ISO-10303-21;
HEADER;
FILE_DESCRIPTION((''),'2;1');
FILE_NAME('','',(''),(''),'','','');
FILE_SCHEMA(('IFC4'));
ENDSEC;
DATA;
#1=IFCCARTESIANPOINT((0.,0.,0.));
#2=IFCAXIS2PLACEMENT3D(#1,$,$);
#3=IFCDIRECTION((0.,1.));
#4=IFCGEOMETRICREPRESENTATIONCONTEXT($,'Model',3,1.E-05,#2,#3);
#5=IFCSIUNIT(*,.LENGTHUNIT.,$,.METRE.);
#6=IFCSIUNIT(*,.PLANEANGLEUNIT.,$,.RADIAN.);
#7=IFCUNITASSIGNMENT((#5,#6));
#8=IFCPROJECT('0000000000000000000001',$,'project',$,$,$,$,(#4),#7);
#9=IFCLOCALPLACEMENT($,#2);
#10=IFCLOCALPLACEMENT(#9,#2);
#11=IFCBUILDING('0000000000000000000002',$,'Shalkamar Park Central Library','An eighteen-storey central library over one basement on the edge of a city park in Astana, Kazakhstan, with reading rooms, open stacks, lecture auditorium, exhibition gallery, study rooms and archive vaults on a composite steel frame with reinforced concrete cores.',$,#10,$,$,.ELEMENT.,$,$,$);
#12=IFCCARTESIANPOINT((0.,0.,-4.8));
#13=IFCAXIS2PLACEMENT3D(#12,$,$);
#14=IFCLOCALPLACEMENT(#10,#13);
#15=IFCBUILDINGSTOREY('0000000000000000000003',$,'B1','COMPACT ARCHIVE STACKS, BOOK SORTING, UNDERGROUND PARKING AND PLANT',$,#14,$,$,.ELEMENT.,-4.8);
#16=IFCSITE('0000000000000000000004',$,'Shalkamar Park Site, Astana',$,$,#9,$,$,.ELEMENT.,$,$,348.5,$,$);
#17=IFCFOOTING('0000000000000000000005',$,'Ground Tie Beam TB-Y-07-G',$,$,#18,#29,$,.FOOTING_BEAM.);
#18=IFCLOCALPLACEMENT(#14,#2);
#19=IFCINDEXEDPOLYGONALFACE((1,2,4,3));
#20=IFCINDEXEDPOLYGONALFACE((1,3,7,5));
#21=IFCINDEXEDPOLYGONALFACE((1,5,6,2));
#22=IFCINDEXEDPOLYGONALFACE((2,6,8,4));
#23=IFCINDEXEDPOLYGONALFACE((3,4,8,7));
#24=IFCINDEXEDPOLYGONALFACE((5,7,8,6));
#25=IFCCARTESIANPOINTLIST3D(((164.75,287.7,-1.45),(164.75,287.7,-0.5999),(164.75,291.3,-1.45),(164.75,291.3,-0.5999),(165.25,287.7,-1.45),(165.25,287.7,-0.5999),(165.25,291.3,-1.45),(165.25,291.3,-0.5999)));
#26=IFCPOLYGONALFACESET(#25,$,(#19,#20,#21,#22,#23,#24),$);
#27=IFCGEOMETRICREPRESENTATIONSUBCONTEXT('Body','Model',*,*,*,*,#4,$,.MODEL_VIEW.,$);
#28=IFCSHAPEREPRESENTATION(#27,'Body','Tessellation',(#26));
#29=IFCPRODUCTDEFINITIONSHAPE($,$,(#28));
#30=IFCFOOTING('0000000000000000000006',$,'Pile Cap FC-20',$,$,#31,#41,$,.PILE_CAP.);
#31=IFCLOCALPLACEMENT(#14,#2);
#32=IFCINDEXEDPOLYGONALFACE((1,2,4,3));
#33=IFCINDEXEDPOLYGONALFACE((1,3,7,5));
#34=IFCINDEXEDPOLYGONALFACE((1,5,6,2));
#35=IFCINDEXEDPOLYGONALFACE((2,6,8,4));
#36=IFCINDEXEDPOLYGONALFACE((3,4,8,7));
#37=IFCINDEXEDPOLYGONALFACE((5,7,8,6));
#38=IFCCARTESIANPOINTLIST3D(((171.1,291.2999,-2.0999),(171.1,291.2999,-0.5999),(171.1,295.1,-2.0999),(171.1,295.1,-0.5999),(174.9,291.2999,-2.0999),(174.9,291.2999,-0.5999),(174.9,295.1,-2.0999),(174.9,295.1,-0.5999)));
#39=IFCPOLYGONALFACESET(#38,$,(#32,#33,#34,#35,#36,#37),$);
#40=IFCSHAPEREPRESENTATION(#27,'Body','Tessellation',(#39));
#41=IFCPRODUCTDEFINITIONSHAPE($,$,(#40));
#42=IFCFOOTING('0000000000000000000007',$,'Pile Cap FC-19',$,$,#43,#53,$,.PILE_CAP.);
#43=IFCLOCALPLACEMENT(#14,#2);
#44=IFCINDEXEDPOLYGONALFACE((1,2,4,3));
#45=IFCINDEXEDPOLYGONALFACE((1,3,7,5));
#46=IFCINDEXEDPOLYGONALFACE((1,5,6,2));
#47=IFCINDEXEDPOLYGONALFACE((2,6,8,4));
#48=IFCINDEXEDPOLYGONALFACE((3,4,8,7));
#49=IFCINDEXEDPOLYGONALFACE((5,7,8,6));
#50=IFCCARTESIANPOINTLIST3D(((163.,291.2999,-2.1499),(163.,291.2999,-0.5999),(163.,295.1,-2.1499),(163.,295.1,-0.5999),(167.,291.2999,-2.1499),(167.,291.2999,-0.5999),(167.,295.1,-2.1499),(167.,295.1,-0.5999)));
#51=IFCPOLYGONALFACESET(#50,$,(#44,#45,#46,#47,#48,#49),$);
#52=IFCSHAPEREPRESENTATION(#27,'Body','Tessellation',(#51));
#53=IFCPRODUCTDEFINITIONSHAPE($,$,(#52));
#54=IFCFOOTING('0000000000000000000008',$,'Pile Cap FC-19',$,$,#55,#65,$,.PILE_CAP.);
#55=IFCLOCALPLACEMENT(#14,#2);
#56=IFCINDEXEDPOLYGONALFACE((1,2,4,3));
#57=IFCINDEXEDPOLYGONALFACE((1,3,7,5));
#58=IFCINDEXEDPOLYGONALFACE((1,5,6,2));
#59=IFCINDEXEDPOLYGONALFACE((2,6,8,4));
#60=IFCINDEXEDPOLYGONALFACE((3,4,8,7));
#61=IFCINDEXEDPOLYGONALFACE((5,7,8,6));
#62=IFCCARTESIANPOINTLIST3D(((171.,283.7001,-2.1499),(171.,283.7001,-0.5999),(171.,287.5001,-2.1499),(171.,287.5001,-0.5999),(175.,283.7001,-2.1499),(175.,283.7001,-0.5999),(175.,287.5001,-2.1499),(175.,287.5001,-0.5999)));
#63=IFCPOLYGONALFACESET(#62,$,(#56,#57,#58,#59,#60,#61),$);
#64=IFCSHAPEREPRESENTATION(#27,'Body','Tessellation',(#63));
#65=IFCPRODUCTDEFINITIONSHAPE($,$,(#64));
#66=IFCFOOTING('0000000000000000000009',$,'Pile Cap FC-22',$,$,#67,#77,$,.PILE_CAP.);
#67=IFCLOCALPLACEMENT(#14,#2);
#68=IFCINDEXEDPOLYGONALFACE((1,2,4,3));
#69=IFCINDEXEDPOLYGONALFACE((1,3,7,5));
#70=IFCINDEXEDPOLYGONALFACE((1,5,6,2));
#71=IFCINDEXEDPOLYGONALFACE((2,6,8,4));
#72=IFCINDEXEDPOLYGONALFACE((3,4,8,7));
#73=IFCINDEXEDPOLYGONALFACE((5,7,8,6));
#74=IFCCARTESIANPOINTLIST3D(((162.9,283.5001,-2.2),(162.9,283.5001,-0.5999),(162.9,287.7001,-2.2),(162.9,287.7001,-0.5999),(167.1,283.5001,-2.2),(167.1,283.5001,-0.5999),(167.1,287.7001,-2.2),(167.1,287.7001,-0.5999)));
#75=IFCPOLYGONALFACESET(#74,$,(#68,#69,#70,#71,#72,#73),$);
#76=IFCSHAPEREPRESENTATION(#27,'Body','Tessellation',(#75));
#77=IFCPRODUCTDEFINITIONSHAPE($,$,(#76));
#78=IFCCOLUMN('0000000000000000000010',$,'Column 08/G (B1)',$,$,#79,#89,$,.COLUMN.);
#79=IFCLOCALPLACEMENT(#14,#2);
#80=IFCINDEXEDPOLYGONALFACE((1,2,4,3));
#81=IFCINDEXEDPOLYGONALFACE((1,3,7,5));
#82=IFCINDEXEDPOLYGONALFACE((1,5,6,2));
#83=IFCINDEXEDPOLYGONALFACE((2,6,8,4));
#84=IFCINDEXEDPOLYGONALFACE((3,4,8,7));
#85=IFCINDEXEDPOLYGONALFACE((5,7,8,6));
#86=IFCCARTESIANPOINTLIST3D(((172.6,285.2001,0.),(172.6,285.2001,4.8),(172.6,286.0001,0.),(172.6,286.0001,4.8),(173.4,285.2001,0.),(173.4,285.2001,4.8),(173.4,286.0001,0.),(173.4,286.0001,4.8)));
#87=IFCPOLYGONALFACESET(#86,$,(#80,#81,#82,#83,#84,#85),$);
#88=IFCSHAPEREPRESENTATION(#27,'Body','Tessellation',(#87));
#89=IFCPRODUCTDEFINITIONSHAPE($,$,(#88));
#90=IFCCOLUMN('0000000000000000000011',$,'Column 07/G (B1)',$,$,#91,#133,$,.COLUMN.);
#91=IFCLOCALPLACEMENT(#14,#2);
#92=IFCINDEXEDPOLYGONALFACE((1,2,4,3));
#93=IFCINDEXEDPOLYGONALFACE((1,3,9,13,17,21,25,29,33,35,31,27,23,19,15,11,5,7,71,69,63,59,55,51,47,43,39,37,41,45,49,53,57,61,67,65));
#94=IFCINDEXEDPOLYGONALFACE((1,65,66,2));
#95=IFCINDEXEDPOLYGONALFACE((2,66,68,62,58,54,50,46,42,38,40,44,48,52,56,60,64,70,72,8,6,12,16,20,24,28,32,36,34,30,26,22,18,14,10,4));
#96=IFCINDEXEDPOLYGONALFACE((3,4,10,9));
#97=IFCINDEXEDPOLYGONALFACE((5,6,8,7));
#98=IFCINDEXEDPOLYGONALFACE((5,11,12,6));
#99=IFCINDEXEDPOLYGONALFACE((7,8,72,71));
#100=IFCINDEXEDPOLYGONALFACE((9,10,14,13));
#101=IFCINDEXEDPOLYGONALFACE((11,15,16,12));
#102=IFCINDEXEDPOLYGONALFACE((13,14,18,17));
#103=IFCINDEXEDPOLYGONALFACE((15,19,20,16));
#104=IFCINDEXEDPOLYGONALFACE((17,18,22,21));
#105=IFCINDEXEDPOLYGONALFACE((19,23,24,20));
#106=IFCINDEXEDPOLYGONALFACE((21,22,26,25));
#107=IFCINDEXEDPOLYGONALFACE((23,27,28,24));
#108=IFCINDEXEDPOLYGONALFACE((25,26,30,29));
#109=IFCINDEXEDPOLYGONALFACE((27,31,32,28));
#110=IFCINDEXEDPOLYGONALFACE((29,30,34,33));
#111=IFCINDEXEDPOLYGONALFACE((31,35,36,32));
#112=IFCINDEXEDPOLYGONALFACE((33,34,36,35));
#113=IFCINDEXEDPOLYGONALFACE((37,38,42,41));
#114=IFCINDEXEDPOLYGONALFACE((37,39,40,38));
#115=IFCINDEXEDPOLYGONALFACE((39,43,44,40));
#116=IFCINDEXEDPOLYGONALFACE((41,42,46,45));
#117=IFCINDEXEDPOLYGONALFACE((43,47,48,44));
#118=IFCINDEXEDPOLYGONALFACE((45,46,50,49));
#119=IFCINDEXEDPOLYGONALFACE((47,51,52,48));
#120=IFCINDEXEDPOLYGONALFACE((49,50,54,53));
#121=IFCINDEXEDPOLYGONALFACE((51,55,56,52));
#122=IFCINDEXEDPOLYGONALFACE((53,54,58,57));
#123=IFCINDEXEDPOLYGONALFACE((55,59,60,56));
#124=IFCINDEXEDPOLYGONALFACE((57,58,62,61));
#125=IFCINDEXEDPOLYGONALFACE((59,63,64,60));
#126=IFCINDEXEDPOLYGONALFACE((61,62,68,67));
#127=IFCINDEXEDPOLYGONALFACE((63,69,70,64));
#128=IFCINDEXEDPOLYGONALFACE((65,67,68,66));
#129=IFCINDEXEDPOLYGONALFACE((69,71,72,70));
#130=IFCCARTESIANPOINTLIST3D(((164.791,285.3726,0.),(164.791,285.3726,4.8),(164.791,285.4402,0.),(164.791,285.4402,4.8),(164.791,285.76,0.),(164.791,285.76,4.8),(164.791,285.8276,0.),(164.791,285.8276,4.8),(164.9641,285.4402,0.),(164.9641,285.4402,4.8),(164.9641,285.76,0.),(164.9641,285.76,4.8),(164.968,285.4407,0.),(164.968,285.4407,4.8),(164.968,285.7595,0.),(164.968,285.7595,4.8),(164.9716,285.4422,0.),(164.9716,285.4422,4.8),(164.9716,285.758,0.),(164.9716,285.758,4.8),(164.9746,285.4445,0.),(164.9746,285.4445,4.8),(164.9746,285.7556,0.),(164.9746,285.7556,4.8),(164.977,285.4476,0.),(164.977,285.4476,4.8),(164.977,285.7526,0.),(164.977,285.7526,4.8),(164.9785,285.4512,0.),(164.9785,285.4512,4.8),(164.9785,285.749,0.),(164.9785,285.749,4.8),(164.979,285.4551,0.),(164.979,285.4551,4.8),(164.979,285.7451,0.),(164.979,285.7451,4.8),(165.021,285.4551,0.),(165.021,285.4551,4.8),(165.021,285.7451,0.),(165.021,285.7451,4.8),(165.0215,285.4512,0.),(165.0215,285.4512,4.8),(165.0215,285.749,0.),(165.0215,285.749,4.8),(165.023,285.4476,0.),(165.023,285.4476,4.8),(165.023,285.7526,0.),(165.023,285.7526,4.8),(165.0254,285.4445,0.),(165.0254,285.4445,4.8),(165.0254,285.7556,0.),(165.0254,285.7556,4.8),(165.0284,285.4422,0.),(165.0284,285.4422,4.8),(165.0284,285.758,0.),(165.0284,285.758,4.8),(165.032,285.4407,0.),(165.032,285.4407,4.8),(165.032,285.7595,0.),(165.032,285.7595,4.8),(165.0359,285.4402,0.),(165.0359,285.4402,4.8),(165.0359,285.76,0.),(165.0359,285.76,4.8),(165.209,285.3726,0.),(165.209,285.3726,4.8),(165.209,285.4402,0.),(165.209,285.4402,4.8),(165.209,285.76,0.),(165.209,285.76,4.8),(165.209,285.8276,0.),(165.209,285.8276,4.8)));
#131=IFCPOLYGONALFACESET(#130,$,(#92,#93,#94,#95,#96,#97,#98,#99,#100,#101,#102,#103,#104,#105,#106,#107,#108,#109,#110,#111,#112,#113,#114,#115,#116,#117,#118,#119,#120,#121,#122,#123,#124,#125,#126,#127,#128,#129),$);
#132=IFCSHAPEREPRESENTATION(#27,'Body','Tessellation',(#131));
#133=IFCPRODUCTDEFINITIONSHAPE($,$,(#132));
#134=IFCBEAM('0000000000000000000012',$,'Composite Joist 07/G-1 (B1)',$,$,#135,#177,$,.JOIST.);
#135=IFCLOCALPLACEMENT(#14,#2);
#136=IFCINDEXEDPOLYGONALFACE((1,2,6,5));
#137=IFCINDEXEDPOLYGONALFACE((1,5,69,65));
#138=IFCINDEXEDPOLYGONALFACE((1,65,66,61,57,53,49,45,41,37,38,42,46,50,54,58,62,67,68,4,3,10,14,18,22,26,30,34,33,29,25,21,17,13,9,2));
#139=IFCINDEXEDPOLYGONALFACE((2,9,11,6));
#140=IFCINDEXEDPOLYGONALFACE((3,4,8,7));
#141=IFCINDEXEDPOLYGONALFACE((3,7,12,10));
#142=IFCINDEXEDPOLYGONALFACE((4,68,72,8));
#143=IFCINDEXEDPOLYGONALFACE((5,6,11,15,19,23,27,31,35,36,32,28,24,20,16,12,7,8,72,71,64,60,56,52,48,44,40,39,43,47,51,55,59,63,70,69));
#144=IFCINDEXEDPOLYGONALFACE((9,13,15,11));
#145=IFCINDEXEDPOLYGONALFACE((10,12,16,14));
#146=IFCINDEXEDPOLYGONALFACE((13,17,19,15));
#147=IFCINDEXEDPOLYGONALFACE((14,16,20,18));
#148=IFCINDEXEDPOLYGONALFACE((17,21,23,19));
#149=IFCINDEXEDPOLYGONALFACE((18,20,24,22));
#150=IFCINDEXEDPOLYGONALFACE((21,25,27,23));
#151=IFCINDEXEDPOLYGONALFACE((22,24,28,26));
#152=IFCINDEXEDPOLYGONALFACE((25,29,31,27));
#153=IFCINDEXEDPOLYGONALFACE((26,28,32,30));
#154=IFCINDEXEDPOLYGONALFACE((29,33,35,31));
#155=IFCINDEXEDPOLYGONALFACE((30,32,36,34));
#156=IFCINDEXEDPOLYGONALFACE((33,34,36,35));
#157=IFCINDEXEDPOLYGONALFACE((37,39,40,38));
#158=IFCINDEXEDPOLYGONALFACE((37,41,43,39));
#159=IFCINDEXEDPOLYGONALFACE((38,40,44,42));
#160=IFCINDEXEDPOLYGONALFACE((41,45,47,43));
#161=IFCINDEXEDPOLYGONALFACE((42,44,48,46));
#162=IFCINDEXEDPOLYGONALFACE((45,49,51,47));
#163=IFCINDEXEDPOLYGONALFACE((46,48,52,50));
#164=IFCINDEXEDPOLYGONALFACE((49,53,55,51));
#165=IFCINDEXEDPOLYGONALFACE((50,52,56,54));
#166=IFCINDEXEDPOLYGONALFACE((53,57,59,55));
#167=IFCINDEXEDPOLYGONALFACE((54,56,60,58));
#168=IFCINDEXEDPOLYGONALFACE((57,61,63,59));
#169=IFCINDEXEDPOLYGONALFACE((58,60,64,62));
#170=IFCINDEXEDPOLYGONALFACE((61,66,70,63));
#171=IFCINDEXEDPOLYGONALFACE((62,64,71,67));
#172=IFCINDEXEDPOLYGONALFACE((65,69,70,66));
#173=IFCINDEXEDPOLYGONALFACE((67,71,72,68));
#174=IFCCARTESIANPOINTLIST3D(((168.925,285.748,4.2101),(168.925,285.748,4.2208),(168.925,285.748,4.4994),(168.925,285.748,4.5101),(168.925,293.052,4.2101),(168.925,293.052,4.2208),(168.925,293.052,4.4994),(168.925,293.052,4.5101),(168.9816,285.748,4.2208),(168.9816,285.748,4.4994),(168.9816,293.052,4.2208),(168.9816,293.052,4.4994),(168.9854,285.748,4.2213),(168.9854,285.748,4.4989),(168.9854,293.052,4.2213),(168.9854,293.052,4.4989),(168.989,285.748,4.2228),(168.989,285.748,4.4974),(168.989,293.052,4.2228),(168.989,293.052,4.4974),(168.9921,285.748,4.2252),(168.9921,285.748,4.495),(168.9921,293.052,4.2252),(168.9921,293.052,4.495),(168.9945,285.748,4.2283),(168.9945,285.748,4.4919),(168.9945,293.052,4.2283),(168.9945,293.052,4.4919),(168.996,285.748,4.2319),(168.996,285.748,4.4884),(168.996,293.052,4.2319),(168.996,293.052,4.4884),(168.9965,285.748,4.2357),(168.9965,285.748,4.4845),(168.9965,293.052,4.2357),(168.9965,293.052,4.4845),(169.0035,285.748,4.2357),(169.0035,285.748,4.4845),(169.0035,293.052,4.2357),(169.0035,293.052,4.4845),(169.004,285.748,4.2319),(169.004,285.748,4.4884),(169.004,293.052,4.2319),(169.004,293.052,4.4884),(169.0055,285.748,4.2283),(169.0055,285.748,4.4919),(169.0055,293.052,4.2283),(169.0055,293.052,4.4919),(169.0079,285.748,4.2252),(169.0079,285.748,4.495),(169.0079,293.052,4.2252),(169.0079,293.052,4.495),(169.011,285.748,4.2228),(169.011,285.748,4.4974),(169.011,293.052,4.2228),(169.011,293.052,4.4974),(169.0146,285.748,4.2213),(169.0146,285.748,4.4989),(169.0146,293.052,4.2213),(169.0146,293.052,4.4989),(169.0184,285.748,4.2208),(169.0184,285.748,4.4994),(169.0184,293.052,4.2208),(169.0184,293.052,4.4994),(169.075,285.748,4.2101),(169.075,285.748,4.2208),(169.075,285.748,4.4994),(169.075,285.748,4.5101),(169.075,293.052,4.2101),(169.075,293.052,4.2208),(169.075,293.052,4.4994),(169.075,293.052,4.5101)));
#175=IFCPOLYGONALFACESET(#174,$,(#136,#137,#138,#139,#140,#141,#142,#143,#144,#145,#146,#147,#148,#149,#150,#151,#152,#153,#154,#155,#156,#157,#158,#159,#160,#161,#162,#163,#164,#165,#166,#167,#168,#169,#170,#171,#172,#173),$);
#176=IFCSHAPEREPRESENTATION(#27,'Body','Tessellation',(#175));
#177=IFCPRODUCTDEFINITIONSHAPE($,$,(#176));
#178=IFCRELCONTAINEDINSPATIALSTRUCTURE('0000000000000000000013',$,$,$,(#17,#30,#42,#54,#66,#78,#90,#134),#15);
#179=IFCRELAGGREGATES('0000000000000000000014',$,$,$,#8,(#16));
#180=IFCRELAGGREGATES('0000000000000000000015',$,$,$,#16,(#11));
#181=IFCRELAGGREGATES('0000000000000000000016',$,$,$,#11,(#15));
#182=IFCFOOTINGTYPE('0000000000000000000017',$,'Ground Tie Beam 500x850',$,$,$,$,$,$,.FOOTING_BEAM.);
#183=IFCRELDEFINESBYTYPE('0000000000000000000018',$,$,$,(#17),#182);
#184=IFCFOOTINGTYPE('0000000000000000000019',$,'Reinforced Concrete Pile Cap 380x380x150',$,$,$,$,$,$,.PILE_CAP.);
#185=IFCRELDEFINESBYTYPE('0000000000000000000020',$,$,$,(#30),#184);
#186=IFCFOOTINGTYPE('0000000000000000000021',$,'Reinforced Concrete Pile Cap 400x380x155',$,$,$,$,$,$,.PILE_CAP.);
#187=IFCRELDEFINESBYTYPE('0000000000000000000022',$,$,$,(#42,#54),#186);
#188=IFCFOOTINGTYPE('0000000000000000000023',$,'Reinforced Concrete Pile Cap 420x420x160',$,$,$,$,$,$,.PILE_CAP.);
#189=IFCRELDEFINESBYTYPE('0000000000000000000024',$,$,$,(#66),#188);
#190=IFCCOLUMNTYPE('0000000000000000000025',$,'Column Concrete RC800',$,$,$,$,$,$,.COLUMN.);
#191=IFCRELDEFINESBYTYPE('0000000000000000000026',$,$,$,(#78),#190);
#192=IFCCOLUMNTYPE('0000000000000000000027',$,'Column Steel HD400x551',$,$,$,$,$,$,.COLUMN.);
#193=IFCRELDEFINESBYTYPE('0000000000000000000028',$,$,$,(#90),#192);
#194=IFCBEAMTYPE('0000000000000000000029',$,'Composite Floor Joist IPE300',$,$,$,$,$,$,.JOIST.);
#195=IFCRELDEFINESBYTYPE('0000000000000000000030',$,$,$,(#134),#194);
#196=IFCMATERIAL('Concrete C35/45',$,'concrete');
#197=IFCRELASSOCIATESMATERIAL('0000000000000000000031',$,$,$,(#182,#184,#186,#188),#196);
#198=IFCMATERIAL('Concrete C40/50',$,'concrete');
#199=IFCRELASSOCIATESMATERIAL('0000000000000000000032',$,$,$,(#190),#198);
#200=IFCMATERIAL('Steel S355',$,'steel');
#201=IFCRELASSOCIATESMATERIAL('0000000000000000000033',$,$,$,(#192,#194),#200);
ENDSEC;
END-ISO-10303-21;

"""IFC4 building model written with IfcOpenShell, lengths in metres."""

from ifc_helpers import new_model, si_unit, direction, frame, origin, origin_2d, place, context, subcontext, project, spatial, rectangle, i_section, extrude, material, material_profile, profile_set, type_object, element, save


model = new_model("IFC4")

# Units and contexts
model_context = context("Model", 3, precision=1e-05, world=origin(), true_north=direction((0.0, 1.0)))
body_context = subcontext(model_context, "Body", "Model", "MODEL_VIEW")
ifc_project = project(units=[si_unit("LENGTHUNIT", "METRE"), si_unit("PLANEANGLEUNIT", "RADIAN")], contexts=[model_context])

# Site, building, storey
site_placement = place(None, origin())
site = spatial("IfcSite", under=ifc_project, at=site_placement, Name="Shalkamar Park Site, Astana", CompositionType="ELEMENT", RefElevation=348.5)
building_placement = place(site_placement, origin())
building = spatial("IfcBuilding", under=site, at=building_placement, Name="Shalkamar Park Central Library", Description="An eighteen-storey central library over one basement on the edge of a city park in Astana, Kazakhstan, with reading rooms, open stacks, lecture auditorium, exhibition gallery, study rooms and archive vaults on a composite steel frame with reinforced concrete cores.", CompositionType="ELEMENT")
storey_placement = place(building_placement, frame((0.0, 0.0, -4.8)))
storey = spatial("IfcBuildingStorey", under=building, at=storey_placement, Name="B1", Description="COMPACT ARCHIVE STACKS, BOOK SORTING, UNDERGROUND PARKING AND PLANT", CompositionType="ELEMENT", Elevation=-4.8)

# Shared definitions
ifc_material_1 = material(Name="Concrete C35/45", Category="concrete")

# Footings
footing_type_1 = type_object("IfcFootingType", Name="Ground Tie Beam 500x850", PredefinedType="FOOTING_BEAM", material=ifc_material_1)
footing_1_placement = place(storey_placement, frame((165.0, 289.5, -1.45), z_axis=(0.0, 0.0, 1.0), x_axis=(0.0, 1.0, 0.0)))
element("IfcFooting", 1, at=footing_1_placement, inside=storey, type_object=footing_type_1, Name="Ground Tie Beam TB-Y-07-G", PredefinedType="FOOTING_BEAM", context=body_context, shape_type="SweptSolid", body=[
    extrude(rectangle(XDim=3.6001, YDim=0.5, at=origin_2d()), origin(), (0.0, 0.0, 1.0), 0.8501),
])
footing_type_2 = type_object("IfcFootingType", Name="Reinforced Concrete Pile Cap 380x380x150", PredefinedType="PILE_CAP", material=ifc_material_1)
footing_2_placement = place(storey_placement, frame((173.0, 293.2, -2.0999), z_axis=(0.0, 0.0, 1.0), x_axis=(1.0, 0.0, 0.0)))
element("IfcFooting", 2, at=footing_2_placement, inside=storey, type_object=footing_type_2, Name="Pile Cap FC-20", PredefinedType="PILE_CAP", context=body_context, shape_type="SweptSolid", body=[
    extrude(rectangle(XDim=3.8, YDim=3.8, at=origin_2d()), origin(), (0.0, 0.0, 1.0), 1.5),
])
footing_type_3 = type_object("IfcFootingType", Name="Reinforced Concrete Pile Cap 400x380x155", PredefinedType="PILE_CAP", material=ifc_material_1)
for number, where, z_axis, x_axis, name in (
    (3, (165.0, 293.2, -2.1499), (0.0, 0.0, 1.0), (1.0, 0.0, 0.0), "Pile Cap FC-19"),
    (4, (173.0, 285.6001, -2.1499), (0.0, 0.0, 1.0), (1.0, 0.0, 0.0), "Pile Cap FC-19"),
):
    element("IfcFooting", number, at=place(storey_placement, frame(where, z_axis=z_axis, x_axis=x_axis)), inside=storey, type_object=footing_type_3, Name=name, PredefinedType="PILE_CAP", context=body_context, shape_type="SweptSolid", body=[
        extrude(rectangle(XDim=4.0, YDim=3.8, at=origin_2d()), origin(), (0.0, 0.0, 1.0), 1.55),
    ])
footing_type_4 = type_object("IfcFootingType", Name="Reinforced Concrete Pile Cap 420x420x160", PredefinedType="PILE_CAP", material=ifc_material_1)
footing_3_placement = place(storey_placement, frame((165.0, 285.6001, -2.2), z_axis=(0.0, 0.0, 1.0), x_axis=(1.0, 0.0, 0.0)))
element("IfcFooting", 5, at=footing_3_placement, inside=storey, type_object=footing_type_4, Name="Pile Cap FC-22", PredefinedType="PILE_CAP", context=body_context, shape_type="SweptSolid", body=[
    extrude(rectangle(XDim=4.2, YDim=4.2, at=origin_2d()), origin(), (0.0, 0.0, 1.0), 1.6001),
])

# Columns
ifc_material_2 = material(Name="Concrete C40/50", Category="concrete")
ifc_material_profile_1 = material_profile(ifc_material_2, rectangle(XDim=0.8, YDim=0.8, at=origin_2d()), Name="RC 800x800")
ifc_profile_set_1 = profile_set([ifc_material_profile_1], Name="Concrete C40/50")
column_type_1 = type_object("IfcColumnType", Name="Column Concrete RC800", PredefinedType="COLUMN", material=ifc_profile_set_1)
column_1_placement = place(storey_placement, frame((173.0, 285.6001, 0.0), z_axis=(0.0, 0.0, 1.0), x_axis=(1.0, 0.0, 0.0)))
element("IfcColumn", 6, at=column_1_placement, inside=storey, type_object=column_type_1, Name="Column 08/G (B1)", PredefinedType="COLUMN", context=body_context, shape_type="SweptSolid", body=[
    extrude(rectangle(XDim=0.8, YDim=0.8, at=origin_2d()), origin(), (0.0, 0.0, 1.0), 4.8),
])
ifc_material_3 = material(Name="Steel S355", Category="steel")
ifc_material_profile_2 = material_profile(ifc_material_3, i_section(OverallWidth=0.418, OverallDepth=0.4551, WebThickness=0.042, FlangeThickness=0.0676, FilletRadius=0.0149, at=origin_2d()), Name="HD 400x551")
ifc_profile_set_2 = profile_set([ifc_material_profile_2], Name="Steel S355")
column_type_2 = type_object("IfcColumnType", Name="Column Steel HD400x551", PredefinedType="COLUMN", material=ifc_profile_set_2)
column_2_placement = place(storey_placement, frame((165.0, 285.6001, 0.0), z_axis=(0.0, 0.0, 1.0), x_axis=(1.0, 0.0, 0.0)))
element("IfcColumn", 7, at=column_2_placement, inside=storey, type_object=column_type_2, Name="Column 07/G (B1)", PredefinedType="COLUMN", context=body_context, shape_type="SweptSolid", body=[
    extrude(i_section(OverallWidth=0.418, OverallDepth=0.4551, WebThickness=0.042, FlangeThickness=0.0676, FilletRadius=0.0149, at=origin_2d()), origin(), (0.0, 0.0, 1.0), 4.8),
])

# Beam
ifc_material_profile_3 = material_profile(ifc_material_3, i_section(OverallWidth=0.1499, OverallDepth=0.3, WebThickness=0.0071, FlangeThickness=0.0107, FilletRadius=0.0149, at=origin_2d()), Name="IPE 300")
ifc_profile_set_3 = profile_set([ifc_material_profile_3], Name="Steel S355")
beam_type_1 = type_object("IfcBeamType", Name="Composite Floor Joist IPE300", PredefinedType="JOIST", material=ifc_profile_set_3)
for number, where, z_axis, x_axis, name in (
    (8, (169.0, 285.748, 4.3601), (0.0, 1.0, 0.0), (-1.0, 0.0, 0.0), "Composite Joist 07/G-1 (B1)"),
):
    element("IfcBeam", number, at=place(storey_placement, frame(where, z_axis=z_axis, x_axis=x_axis)), inside=storey, type_object=beam_type_1, Name=name, PredefinedType="JOIST", context=body_context, shape_type="SweptSolid", body=[
        extrude(i_section(OverallWidth=0.1499, OverallDepth=0.3, WebThickness=0.0071, FlangeThickness=0.0107, FilletRadius=0.0149, at=origin_2d()), origin(), (0.0, 0.0, 1.0), 7.304),
    ])

save(model, "model.ifc")
